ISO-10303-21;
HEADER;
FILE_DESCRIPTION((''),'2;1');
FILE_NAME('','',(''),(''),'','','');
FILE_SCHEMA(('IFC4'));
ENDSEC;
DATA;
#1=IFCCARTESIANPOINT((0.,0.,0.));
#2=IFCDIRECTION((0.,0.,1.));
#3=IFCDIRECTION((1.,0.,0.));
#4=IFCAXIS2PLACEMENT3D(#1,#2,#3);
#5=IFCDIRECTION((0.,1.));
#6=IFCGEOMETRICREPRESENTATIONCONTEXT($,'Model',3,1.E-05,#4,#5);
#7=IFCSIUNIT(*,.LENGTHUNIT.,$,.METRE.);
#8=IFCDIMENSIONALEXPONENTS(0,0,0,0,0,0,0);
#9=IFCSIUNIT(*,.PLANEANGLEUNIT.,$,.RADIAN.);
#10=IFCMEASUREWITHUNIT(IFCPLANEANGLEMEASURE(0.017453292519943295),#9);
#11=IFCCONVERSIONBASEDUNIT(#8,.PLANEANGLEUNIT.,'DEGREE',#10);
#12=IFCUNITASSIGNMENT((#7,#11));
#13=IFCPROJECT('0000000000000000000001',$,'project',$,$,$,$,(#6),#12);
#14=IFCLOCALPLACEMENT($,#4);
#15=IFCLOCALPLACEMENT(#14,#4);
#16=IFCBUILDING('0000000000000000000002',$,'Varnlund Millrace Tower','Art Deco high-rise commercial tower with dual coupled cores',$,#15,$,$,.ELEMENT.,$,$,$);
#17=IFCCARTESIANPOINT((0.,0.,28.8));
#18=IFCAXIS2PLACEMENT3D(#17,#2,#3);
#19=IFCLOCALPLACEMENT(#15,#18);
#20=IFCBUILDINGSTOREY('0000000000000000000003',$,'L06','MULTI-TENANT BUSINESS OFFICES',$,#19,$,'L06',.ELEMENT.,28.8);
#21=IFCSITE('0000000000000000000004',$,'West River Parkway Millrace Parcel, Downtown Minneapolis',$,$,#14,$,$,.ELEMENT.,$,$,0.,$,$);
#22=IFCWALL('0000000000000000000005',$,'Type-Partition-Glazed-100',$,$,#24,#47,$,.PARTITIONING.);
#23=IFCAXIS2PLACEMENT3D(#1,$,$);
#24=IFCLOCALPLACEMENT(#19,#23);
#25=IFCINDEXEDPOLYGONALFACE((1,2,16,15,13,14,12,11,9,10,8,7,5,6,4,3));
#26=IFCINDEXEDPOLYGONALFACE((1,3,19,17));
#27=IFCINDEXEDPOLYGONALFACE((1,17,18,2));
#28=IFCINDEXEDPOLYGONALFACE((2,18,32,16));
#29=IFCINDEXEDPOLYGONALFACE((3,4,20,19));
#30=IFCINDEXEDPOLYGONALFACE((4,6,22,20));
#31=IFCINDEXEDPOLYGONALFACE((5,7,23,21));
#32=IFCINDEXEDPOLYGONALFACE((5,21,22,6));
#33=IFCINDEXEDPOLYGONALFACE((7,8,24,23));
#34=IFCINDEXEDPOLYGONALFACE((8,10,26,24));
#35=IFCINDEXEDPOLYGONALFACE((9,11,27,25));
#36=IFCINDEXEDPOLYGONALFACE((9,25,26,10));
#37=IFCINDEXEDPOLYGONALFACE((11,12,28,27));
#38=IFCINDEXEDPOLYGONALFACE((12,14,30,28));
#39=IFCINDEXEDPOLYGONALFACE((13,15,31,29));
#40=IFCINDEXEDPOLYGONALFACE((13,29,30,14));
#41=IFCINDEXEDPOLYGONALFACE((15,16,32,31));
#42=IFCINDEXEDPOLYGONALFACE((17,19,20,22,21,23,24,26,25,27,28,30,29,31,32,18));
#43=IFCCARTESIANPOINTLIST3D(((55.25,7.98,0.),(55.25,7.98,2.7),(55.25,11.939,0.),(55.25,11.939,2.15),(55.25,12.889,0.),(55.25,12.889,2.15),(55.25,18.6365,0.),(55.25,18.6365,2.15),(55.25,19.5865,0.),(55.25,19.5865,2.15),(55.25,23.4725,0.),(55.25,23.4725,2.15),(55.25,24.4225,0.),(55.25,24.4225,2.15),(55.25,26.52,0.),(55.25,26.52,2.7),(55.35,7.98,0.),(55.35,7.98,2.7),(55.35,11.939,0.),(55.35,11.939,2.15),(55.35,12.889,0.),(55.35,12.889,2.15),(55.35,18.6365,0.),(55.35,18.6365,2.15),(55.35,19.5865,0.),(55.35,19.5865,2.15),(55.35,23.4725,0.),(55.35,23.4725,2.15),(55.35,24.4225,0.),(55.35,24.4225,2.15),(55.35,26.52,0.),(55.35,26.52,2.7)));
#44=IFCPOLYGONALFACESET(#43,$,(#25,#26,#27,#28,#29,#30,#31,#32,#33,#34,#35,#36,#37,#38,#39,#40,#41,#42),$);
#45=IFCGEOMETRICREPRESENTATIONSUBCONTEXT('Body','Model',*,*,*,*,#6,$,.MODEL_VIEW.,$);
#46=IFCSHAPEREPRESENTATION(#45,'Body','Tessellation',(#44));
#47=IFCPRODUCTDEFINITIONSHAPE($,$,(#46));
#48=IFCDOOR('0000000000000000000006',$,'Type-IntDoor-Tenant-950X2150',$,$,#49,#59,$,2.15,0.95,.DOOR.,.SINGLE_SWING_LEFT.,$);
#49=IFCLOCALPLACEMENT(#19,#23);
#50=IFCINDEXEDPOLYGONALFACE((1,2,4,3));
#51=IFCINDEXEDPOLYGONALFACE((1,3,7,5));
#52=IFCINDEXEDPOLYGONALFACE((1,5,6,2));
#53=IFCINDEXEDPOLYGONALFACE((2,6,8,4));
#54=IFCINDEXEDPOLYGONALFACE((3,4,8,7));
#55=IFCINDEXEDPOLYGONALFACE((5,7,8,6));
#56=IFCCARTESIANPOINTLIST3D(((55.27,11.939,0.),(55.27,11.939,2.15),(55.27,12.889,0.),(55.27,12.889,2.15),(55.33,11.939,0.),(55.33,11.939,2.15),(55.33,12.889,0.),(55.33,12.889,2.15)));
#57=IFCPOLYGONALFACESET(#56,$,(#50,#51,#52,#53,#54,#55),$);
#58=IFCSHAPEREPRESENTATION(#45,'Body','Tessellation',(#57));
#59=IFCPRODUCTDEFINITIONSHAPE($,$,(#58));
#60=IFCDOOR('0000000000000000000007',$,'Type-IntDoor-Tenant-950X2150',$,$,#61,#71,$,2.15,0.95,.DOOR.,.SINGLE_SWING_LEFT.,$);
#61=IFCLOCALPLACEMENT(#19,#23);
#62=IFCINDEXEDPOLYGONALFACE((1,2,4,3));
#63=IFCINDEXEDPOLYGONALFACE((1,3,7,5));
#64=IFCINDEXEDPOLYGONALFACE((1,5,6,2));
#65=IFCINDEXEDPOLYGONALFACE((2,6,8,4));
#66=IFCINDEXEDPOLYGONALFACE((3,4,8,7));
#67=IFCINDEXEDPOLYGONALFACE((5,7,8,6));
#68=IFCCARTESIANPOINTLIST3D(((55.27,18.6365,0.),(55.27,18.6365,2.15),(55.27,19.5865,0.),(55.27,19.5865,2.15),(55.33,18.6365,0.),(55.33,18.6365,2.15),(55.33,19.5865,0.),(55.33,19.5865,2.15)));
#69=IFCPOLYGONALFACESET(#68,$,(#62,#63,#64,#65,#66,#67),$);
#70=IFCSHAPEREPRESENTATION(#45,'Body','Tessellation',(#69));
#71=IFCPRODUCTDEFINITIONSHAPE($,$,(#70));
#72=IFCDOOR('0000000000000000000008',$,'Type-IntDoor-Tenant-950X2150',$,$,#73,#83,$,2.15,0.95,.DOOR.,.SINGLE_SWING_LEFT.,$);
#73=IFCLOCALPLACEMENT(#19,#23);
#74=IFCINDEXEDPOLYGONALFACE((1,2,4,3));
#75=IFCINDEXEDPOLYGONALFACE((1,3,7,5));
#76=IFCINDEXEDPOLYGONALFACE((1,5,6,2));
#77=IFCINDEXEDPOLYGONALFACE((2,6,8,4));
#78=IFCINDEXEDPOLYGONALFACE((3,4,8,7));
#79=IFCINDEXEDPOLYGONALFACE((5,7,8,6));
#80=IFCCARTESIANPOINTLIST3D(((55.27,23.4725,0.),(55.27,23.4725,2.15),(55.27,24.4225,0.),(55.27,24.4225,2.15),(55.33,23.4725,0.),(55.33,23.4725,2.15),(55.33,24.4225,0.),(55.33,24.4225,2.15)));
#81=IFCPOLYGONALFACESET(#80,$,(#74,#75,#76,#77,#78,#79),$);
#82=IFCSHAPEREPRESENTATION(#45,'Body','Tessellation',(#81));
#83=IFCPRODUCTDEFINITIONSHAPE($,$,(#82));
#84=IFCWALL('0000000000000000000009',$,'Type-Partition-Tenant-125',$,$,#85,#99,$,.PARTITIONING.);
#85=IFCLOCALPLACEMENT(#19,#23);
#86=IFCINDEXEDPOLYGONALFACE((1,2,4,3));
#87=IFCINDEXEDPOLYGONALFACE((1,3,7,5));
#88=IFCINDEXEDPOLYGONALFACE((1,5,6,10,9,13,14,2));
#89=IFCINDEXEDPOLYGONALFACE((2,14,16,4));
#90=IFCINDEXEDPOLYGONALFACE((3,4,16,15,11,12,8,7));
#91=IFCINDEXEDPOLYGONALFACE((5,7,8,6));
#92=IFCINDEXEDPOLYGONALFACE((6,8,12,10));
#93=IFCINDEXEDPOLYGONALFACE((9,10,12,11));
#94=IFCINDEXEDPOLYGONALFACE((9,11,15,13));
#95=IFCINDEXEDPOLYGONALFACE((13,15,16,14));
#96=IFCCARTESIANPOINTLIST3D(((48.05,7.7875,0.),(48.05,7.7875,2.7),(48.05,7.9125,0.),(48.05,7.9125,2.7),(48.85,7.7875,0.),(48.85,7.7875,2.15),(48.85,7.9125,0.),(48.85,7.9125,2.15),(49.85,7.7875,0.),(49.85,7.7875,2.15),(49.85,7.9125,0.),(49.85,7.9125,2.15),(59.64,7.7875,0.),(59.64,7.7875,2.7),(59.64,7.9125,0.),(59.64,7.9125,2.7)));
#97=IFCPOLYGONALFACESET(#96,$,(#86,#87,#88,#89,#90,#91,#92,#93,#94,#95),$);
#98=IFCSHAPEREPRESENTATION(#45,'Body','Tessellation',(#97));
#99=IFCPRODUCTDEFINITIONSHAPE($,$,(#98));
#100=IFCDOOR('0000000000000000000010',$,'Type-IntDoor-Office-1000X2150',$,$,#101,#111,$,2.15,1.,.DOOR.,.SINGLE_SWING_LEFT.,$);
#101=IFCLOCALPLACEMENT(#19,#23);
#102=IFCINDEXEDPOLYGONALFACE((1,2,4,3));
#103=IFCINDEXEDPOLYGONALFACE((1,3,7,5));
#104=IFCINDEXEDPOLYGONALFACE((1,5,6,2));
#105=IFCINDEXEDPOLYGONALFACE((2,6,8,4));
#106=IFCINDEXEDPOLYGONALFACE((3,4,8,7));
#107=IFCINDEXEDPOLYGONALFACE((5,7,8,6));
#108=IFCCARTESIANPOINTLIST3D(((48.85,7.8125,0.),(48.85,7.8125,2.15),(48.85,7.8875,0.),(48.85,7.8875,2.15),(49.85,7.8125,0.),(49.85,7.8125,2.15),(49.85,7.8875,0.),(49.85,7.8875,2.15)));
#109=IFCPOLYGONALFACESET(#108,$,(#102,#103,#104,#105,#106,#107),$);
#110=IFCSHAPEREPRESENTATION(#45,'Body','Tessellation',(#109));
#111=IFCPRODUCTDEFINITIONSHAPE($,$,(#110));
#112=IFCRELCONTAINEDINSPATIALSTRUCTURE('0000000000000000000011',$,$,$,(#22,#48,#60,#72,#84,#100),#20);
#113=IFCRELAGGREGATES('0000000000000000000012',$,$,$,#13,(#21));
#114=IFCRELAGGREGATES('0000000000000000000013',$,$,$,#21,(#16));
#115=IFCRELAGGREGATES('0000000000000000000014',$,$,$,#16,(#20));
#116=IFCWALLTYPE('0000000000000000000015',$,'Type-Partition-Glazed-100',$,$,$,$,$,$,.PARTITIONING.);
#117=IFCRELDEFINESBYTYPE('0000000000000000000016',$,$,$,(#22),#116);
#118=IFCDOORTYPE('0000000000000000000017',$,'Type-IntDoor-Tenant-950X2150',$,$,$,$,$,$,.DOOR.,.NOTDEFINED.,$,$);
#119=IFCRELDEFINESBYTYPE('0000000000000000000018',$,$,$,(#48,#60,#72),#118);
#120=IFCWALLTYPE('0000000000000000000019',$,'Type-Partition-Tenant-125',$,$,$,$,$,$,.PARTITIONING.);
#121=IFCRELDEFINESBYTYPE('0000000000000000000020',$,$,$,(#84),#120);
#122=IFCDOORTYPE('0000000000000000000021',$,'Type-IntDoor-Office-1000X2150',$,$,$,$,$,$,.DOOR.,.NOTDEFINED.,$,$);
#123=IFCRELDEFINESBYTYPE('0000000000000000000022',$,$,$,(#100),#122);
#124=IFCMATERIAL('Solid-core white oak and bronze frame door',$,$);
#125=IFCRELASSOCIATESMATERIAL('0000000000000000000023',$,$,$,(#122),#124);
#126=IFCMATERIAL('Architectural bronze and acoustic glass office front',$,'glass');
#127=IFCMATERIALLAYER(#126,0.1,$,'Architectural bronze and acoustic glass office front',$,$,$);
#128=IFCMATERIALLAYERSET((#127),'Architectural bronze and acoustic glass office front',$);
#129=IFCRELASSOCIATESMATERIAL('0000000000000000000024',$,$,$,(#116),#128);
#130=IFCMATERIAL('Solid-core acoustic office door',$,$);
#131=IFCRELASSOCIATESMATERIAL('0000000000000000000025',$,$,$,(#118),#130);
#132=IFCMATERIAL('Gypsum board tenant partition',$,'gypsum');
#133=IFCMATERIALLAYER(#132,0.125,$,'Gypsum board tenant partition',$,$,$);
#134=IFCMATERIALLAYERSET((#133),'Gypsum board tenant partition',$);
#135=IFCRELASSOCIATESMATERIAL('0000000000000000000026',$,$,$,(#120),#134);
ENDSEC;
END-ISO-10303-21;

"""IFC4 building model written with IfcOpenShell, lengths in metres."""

from ifc_helpers import new_model, entity, si_unit, converted_unit, direction, frame, origin_with_axes, origin_2d_with_axis, place, context, subcontext, project, spatial, polyline, rectangle, outline, extrude, material, layer, layer_set, type_object, element, fill, save


model = new_model("IFC4")

# Units and contexts
model_context = context("Model", 3, precision=1e-05, world=origin_with_axes(), true_north=direction((0.0, 1.0)))
body_context = subcontext(model_context, "Body", "Model", "MODEL_VIEW")
ifc_project = project(units=[si_unit("LENGTHUNIT", "METRE"), converted_unit("PLANEANGLEUNIT", "DEGREE", entity("IfcPlaneAngleMeasure", 0.017453292519943295), si_unit("PLANEANGLEUNIT", "RADIAN"), dimensions=[0, 0, 0, 0, 0, 0, 0])], contexts=[model_context])

# Site, building, storey
site_placement = place(None, origin_with_axes())
site = spatial("IfcSite", under=ifc_project, at=site_placement, Name="West River Parkway Millrace Parcel, Downtown Minneapolis", CompositionType="ELEMENT", RefElevation=0.0)
building_placement = place(site_placement, origin_with_axes())
building = spatial("IfcBuilding", under=site, at=building_placement, Name="Varnlund Millrace Tower", Description="Art Deco high-rise commercial tower with dual coupled cores", CompositionType="ELEMENT")
storey_placement = place(building_placement, frame((0.0, 0.0, 28.8), z_axis=(0.0, 0.0, 1.0), x_axis=(1.0, 0.0, 0.0)))
storey = spatial("IfcBuildingStorey", under=building, at=storey_placement, Name="L06", Description="MULTI-TENANT BUSINESS OFFICES", LongName="L06", CompositionType="ELEMENT", Elevation=28.8)

# Wall, openings, doors
ifc_material_1 = material(Name="Solid-core white oak and bronze frame door")
door_type_1 = type_object("IfcDoorType", Name="Type-IntDoor-Office-1000X2150", OperationType="NOTDEFINED", PredefinedType="DOOR", material=ifc_material_1)
ifc_material_2 = material(Name="Architectural bronze and acoustic glass office front", Category="glass")
ifc_layer_1 = layer(ifc_material_2, 0.1, Name="Architectural bronze and acoustic glass office front")
ifc_layer_set_1 = layer_set([ifc_layer_1], Name="Architectural bronze and acoustic glass office front")
wall_type_1 = type_object("IfcWallType", Name="Type-Partition-Glazed-100", PredefinedType="PARTITIONING", material=ifc_layer_set_1)
wall_1_placement = place(storey_placement, frame((55.3, 7.98, 0.0), z_axis=(0.0, 0.0, 1.0), x_axis=(0.0, 1.0, 0.0)))
wall_1 = element("IfcWall", 1, at=wall_1_placement, inside=storey, type_object=wall_type_1, Name="Type-Partition-Glazed-100", PredefinedType="PARTITIONING", context=body_context, shape_type="SweptSolid", body=[
    extrude(outline(polyline([(0.0, -0.05), (18.54, -0.05), (18.54, 0.05), (0.0, 0.05), (0.0, -0.05)])), origin_with_axes(), (0.0, 0.0, 1.0), 2.7),
])
opening_1_placement = place(wall_1_placement, frame((4.434, 0.0, 0.0), z_axis=(0.0, 0.0, 1.0), x_axis=(1.0, 0.0, 0.0)))
opening_1 = element("IfcOpeningElement", 2, at=opening_1_placement, cuts=wall_1, PredefinedType="OPENING", context=body_context, shape_type="SweptSolid", body=[
    extrude(rectangle(XDim=0.95, YDim=0.12, at=origin_2d_with_axis()), origin_with_axes(), (0.0, 0.0, 1.0), 2.15),
])
opening_2_placement = place(wall_1_placement, frame((11.1315, 0.0, 0.0), z_axis=(0.0, 0.0, 1.0), x_axis=(1.0, 0.0, 0.0)))
opening_2 = element("IfcOpeningElement", 3, at=opening_2_placement, cuts=wall_1, PredefinedType="OPENING", context=body_context, shape_type="SweptSolid", body=[
    extrude(rectangle(XDim=0.95, YDim=0.12, at=origin_2d_with_axis()), origin_with_axes(), (0.0, 0.0, 1.0), 2.15),
])
opening_3_placement = place(wall_1_placement, frame((15.9675, 0.0, 0.0), z_axis=(0.0, 0.0, 1.0), x_axis=(1.0, 0.0, 0.0)))
opening_3 = element("IfcOpeningElement", 4, at=opening_3_placement, cuts=wall_1, PredefinedType="OPENING", context=body_context, shape_type="SweptSolid", body=[
    extrude(rectangle(XDim=0.95, YDim=0.12, at=origin_2d_with_axis()), origin_with_axes(), (0.0, 0.0, 1.0), 2.15),
])
ifc_material_3 = material(Name="Solid-core acoustic office door")
door_type_2 = type_object("IfcDoorType", Name="Type-IntDoor-Tenant-950X2150", OperationType="NOTDEFINED", PredefinedType="DOOR", material=ifc_material_3)
door_1_placement = place(wall_1_placement, frame((4.434, 0.0, 0.0), z_axis=(0.0, 0.0, 1.0), x_axis=(1.0, 0.0, 0.0)))
door_1 = element("IfcDoor", 5, at=door_1_placement, inside=storey, type_object=door_type_2, Name="Type-IntDoor-Tenant-950X2150", OperationType="SINGLE_SWING_LEFT", OverallHeight=2.15, OverallWidth=0.95, PredefinedType="DOOR", context=body_context, shape_type="SweptSolid", body=[
    extrude(rectangle(XDim=0.95, YDim=0.06, at=origin_2d_with_axis()), origin_with_axes(), (0.0, 0.0, 1.0), 2.15),
])
fill(opening_1, door_1)
door_2_placement = place(wall_1_placement, frame((11.1315, 0.0, 0.0), z_axis=(0.0, 0.0, 1.0), x_axis=(1.0, 0.0, 0.0)))
door_2 = element("IfcDoor", 6, at=door_2_placement, inside=storey, type_object=door_type_2, Name="Type-IntDoor-Tenant-950X2150", OperationType="SINGLE_SWING_LEFT", OverallHeight=2.15, OverallWidth=0.95, PredefinedType="DOOR", context=body_context, shape_type="SweptSolid", body=[
    extrude(rectangle(XDim=0.95, YDim=0.06, at=origin_2d_with_axis()), origin_with_axes(), (0.0, 0.0, 1.0), 2.15),
])
fill(opening_2, door_2)
door_3_placement = place(wall_1_placement, frame((15.9675, 0.0, 0.0), z_axis=(0.0, 0.0, 1.0), x_axis=(1.0, 0.0, 0.0)))
door_3 = element("IfcDoor", 7, at=door_3_placement, inside=storey, type_object=door_type_2, Name="Type-IntDoor-Tenant-950X2150", OperationType="SINGLE_SWING_LEFT", OverallHeight=2.15, OverallWidth=0.95, PredefinedType="DOOR", context=body_context, shape_type="SweptSolid", body=[
    extrude(rectangle(XDim=0.95, YDim=0.06, at=origin_2d_with_axis()), origin_with_axes(), (0.0, 0.0, 1.0), 2.15),
])
fill(opening_3, door_3)

# Wall, opening, door
ifc_material_4 = material(Name="Gypsum board tenant partition", Category="gypsum")
ifc_layer_2 = layer(ifc_material_4, 0.125, Name="Gypsum board tenant partition")
ifc_layer_set_2 = layer_set([ifc_layer_2], Name="Gypsum board tenant partition")
wall_type_2 = type_object("IfcWallType", Name="Type-Partition-Tenant-125", PredefinedType="PARTITIONING", material=ifc_layer_set_2)
wall_2_placement = place(storey_placement, frame((59.64, 7.85, 0.0), z_axis=(0.0, 0.0, 1.0), x_axis=(-1.0, 0.0, 0.0)))
wall_2 = element("IfcWall", 8, at=wall_2_placement, inside=storey, type_object=wall_type_2, Name="Type-Partition-Tenant-125", PredefinedType="PARTITIONING", context=body_context, shape_type="SweptSolid", body=[
    extrude(outline(polyline([(0.0, -0.0625), (11.59, -0.0625), (11.59, 0.0625), (0.0, 0.0625), (0.0, -0.0625)])), origin_with_axes(), (0.0, 0.0, 1.0), 2.7),
])
opening_4_placement = place(wall_2_placement, frame((10.29, 0.0, 0.0), z_axis=(0.0, 0.0, 1.0), x_axis=(1.0, 0.0, 0.0)))
opening_4 = element("IfcOpeningElement", 9, at=opening_4_placement, cuts=wall_2, PredefinedType="OPENING", context=body_context, shape_type="SweptSolid", body=[
    extrude(rectangle(XDim=1.0, YDim=0.145, at=origin_2d_with_axis()), origin_with_axes(), (0.0, 0.0, 1.0), 2.15),
])
door_4_placement = place(wall_2_placement, frame((10.29, 0.0, 0.0), z_axis=(0.0, 0.0, 1.0), x_axis=(1.0, 0.0, 0.0)))
door_4 = element("IfcDoor", 10, at=door_4_placement, inside=storey, type_object=door_type_1, Name="Type-IntDoor-Office-1000X2150", OperationType="SINGLE_SWING_LEFT", OverallHeight=2.15, OverallWidth=1.0, PredefinedType="DOOR", context=body_context, shape_type="SweptSolid", body=[
    extrude(rectangle(XDim=1.0, YDim=0.075, at=origin_2d_with_axis()), origin_with_axes(), (0.0, 0.0, 1.0), 2.15),
])
fill(opening_4, door_4)

save(model, "model.ifc")
